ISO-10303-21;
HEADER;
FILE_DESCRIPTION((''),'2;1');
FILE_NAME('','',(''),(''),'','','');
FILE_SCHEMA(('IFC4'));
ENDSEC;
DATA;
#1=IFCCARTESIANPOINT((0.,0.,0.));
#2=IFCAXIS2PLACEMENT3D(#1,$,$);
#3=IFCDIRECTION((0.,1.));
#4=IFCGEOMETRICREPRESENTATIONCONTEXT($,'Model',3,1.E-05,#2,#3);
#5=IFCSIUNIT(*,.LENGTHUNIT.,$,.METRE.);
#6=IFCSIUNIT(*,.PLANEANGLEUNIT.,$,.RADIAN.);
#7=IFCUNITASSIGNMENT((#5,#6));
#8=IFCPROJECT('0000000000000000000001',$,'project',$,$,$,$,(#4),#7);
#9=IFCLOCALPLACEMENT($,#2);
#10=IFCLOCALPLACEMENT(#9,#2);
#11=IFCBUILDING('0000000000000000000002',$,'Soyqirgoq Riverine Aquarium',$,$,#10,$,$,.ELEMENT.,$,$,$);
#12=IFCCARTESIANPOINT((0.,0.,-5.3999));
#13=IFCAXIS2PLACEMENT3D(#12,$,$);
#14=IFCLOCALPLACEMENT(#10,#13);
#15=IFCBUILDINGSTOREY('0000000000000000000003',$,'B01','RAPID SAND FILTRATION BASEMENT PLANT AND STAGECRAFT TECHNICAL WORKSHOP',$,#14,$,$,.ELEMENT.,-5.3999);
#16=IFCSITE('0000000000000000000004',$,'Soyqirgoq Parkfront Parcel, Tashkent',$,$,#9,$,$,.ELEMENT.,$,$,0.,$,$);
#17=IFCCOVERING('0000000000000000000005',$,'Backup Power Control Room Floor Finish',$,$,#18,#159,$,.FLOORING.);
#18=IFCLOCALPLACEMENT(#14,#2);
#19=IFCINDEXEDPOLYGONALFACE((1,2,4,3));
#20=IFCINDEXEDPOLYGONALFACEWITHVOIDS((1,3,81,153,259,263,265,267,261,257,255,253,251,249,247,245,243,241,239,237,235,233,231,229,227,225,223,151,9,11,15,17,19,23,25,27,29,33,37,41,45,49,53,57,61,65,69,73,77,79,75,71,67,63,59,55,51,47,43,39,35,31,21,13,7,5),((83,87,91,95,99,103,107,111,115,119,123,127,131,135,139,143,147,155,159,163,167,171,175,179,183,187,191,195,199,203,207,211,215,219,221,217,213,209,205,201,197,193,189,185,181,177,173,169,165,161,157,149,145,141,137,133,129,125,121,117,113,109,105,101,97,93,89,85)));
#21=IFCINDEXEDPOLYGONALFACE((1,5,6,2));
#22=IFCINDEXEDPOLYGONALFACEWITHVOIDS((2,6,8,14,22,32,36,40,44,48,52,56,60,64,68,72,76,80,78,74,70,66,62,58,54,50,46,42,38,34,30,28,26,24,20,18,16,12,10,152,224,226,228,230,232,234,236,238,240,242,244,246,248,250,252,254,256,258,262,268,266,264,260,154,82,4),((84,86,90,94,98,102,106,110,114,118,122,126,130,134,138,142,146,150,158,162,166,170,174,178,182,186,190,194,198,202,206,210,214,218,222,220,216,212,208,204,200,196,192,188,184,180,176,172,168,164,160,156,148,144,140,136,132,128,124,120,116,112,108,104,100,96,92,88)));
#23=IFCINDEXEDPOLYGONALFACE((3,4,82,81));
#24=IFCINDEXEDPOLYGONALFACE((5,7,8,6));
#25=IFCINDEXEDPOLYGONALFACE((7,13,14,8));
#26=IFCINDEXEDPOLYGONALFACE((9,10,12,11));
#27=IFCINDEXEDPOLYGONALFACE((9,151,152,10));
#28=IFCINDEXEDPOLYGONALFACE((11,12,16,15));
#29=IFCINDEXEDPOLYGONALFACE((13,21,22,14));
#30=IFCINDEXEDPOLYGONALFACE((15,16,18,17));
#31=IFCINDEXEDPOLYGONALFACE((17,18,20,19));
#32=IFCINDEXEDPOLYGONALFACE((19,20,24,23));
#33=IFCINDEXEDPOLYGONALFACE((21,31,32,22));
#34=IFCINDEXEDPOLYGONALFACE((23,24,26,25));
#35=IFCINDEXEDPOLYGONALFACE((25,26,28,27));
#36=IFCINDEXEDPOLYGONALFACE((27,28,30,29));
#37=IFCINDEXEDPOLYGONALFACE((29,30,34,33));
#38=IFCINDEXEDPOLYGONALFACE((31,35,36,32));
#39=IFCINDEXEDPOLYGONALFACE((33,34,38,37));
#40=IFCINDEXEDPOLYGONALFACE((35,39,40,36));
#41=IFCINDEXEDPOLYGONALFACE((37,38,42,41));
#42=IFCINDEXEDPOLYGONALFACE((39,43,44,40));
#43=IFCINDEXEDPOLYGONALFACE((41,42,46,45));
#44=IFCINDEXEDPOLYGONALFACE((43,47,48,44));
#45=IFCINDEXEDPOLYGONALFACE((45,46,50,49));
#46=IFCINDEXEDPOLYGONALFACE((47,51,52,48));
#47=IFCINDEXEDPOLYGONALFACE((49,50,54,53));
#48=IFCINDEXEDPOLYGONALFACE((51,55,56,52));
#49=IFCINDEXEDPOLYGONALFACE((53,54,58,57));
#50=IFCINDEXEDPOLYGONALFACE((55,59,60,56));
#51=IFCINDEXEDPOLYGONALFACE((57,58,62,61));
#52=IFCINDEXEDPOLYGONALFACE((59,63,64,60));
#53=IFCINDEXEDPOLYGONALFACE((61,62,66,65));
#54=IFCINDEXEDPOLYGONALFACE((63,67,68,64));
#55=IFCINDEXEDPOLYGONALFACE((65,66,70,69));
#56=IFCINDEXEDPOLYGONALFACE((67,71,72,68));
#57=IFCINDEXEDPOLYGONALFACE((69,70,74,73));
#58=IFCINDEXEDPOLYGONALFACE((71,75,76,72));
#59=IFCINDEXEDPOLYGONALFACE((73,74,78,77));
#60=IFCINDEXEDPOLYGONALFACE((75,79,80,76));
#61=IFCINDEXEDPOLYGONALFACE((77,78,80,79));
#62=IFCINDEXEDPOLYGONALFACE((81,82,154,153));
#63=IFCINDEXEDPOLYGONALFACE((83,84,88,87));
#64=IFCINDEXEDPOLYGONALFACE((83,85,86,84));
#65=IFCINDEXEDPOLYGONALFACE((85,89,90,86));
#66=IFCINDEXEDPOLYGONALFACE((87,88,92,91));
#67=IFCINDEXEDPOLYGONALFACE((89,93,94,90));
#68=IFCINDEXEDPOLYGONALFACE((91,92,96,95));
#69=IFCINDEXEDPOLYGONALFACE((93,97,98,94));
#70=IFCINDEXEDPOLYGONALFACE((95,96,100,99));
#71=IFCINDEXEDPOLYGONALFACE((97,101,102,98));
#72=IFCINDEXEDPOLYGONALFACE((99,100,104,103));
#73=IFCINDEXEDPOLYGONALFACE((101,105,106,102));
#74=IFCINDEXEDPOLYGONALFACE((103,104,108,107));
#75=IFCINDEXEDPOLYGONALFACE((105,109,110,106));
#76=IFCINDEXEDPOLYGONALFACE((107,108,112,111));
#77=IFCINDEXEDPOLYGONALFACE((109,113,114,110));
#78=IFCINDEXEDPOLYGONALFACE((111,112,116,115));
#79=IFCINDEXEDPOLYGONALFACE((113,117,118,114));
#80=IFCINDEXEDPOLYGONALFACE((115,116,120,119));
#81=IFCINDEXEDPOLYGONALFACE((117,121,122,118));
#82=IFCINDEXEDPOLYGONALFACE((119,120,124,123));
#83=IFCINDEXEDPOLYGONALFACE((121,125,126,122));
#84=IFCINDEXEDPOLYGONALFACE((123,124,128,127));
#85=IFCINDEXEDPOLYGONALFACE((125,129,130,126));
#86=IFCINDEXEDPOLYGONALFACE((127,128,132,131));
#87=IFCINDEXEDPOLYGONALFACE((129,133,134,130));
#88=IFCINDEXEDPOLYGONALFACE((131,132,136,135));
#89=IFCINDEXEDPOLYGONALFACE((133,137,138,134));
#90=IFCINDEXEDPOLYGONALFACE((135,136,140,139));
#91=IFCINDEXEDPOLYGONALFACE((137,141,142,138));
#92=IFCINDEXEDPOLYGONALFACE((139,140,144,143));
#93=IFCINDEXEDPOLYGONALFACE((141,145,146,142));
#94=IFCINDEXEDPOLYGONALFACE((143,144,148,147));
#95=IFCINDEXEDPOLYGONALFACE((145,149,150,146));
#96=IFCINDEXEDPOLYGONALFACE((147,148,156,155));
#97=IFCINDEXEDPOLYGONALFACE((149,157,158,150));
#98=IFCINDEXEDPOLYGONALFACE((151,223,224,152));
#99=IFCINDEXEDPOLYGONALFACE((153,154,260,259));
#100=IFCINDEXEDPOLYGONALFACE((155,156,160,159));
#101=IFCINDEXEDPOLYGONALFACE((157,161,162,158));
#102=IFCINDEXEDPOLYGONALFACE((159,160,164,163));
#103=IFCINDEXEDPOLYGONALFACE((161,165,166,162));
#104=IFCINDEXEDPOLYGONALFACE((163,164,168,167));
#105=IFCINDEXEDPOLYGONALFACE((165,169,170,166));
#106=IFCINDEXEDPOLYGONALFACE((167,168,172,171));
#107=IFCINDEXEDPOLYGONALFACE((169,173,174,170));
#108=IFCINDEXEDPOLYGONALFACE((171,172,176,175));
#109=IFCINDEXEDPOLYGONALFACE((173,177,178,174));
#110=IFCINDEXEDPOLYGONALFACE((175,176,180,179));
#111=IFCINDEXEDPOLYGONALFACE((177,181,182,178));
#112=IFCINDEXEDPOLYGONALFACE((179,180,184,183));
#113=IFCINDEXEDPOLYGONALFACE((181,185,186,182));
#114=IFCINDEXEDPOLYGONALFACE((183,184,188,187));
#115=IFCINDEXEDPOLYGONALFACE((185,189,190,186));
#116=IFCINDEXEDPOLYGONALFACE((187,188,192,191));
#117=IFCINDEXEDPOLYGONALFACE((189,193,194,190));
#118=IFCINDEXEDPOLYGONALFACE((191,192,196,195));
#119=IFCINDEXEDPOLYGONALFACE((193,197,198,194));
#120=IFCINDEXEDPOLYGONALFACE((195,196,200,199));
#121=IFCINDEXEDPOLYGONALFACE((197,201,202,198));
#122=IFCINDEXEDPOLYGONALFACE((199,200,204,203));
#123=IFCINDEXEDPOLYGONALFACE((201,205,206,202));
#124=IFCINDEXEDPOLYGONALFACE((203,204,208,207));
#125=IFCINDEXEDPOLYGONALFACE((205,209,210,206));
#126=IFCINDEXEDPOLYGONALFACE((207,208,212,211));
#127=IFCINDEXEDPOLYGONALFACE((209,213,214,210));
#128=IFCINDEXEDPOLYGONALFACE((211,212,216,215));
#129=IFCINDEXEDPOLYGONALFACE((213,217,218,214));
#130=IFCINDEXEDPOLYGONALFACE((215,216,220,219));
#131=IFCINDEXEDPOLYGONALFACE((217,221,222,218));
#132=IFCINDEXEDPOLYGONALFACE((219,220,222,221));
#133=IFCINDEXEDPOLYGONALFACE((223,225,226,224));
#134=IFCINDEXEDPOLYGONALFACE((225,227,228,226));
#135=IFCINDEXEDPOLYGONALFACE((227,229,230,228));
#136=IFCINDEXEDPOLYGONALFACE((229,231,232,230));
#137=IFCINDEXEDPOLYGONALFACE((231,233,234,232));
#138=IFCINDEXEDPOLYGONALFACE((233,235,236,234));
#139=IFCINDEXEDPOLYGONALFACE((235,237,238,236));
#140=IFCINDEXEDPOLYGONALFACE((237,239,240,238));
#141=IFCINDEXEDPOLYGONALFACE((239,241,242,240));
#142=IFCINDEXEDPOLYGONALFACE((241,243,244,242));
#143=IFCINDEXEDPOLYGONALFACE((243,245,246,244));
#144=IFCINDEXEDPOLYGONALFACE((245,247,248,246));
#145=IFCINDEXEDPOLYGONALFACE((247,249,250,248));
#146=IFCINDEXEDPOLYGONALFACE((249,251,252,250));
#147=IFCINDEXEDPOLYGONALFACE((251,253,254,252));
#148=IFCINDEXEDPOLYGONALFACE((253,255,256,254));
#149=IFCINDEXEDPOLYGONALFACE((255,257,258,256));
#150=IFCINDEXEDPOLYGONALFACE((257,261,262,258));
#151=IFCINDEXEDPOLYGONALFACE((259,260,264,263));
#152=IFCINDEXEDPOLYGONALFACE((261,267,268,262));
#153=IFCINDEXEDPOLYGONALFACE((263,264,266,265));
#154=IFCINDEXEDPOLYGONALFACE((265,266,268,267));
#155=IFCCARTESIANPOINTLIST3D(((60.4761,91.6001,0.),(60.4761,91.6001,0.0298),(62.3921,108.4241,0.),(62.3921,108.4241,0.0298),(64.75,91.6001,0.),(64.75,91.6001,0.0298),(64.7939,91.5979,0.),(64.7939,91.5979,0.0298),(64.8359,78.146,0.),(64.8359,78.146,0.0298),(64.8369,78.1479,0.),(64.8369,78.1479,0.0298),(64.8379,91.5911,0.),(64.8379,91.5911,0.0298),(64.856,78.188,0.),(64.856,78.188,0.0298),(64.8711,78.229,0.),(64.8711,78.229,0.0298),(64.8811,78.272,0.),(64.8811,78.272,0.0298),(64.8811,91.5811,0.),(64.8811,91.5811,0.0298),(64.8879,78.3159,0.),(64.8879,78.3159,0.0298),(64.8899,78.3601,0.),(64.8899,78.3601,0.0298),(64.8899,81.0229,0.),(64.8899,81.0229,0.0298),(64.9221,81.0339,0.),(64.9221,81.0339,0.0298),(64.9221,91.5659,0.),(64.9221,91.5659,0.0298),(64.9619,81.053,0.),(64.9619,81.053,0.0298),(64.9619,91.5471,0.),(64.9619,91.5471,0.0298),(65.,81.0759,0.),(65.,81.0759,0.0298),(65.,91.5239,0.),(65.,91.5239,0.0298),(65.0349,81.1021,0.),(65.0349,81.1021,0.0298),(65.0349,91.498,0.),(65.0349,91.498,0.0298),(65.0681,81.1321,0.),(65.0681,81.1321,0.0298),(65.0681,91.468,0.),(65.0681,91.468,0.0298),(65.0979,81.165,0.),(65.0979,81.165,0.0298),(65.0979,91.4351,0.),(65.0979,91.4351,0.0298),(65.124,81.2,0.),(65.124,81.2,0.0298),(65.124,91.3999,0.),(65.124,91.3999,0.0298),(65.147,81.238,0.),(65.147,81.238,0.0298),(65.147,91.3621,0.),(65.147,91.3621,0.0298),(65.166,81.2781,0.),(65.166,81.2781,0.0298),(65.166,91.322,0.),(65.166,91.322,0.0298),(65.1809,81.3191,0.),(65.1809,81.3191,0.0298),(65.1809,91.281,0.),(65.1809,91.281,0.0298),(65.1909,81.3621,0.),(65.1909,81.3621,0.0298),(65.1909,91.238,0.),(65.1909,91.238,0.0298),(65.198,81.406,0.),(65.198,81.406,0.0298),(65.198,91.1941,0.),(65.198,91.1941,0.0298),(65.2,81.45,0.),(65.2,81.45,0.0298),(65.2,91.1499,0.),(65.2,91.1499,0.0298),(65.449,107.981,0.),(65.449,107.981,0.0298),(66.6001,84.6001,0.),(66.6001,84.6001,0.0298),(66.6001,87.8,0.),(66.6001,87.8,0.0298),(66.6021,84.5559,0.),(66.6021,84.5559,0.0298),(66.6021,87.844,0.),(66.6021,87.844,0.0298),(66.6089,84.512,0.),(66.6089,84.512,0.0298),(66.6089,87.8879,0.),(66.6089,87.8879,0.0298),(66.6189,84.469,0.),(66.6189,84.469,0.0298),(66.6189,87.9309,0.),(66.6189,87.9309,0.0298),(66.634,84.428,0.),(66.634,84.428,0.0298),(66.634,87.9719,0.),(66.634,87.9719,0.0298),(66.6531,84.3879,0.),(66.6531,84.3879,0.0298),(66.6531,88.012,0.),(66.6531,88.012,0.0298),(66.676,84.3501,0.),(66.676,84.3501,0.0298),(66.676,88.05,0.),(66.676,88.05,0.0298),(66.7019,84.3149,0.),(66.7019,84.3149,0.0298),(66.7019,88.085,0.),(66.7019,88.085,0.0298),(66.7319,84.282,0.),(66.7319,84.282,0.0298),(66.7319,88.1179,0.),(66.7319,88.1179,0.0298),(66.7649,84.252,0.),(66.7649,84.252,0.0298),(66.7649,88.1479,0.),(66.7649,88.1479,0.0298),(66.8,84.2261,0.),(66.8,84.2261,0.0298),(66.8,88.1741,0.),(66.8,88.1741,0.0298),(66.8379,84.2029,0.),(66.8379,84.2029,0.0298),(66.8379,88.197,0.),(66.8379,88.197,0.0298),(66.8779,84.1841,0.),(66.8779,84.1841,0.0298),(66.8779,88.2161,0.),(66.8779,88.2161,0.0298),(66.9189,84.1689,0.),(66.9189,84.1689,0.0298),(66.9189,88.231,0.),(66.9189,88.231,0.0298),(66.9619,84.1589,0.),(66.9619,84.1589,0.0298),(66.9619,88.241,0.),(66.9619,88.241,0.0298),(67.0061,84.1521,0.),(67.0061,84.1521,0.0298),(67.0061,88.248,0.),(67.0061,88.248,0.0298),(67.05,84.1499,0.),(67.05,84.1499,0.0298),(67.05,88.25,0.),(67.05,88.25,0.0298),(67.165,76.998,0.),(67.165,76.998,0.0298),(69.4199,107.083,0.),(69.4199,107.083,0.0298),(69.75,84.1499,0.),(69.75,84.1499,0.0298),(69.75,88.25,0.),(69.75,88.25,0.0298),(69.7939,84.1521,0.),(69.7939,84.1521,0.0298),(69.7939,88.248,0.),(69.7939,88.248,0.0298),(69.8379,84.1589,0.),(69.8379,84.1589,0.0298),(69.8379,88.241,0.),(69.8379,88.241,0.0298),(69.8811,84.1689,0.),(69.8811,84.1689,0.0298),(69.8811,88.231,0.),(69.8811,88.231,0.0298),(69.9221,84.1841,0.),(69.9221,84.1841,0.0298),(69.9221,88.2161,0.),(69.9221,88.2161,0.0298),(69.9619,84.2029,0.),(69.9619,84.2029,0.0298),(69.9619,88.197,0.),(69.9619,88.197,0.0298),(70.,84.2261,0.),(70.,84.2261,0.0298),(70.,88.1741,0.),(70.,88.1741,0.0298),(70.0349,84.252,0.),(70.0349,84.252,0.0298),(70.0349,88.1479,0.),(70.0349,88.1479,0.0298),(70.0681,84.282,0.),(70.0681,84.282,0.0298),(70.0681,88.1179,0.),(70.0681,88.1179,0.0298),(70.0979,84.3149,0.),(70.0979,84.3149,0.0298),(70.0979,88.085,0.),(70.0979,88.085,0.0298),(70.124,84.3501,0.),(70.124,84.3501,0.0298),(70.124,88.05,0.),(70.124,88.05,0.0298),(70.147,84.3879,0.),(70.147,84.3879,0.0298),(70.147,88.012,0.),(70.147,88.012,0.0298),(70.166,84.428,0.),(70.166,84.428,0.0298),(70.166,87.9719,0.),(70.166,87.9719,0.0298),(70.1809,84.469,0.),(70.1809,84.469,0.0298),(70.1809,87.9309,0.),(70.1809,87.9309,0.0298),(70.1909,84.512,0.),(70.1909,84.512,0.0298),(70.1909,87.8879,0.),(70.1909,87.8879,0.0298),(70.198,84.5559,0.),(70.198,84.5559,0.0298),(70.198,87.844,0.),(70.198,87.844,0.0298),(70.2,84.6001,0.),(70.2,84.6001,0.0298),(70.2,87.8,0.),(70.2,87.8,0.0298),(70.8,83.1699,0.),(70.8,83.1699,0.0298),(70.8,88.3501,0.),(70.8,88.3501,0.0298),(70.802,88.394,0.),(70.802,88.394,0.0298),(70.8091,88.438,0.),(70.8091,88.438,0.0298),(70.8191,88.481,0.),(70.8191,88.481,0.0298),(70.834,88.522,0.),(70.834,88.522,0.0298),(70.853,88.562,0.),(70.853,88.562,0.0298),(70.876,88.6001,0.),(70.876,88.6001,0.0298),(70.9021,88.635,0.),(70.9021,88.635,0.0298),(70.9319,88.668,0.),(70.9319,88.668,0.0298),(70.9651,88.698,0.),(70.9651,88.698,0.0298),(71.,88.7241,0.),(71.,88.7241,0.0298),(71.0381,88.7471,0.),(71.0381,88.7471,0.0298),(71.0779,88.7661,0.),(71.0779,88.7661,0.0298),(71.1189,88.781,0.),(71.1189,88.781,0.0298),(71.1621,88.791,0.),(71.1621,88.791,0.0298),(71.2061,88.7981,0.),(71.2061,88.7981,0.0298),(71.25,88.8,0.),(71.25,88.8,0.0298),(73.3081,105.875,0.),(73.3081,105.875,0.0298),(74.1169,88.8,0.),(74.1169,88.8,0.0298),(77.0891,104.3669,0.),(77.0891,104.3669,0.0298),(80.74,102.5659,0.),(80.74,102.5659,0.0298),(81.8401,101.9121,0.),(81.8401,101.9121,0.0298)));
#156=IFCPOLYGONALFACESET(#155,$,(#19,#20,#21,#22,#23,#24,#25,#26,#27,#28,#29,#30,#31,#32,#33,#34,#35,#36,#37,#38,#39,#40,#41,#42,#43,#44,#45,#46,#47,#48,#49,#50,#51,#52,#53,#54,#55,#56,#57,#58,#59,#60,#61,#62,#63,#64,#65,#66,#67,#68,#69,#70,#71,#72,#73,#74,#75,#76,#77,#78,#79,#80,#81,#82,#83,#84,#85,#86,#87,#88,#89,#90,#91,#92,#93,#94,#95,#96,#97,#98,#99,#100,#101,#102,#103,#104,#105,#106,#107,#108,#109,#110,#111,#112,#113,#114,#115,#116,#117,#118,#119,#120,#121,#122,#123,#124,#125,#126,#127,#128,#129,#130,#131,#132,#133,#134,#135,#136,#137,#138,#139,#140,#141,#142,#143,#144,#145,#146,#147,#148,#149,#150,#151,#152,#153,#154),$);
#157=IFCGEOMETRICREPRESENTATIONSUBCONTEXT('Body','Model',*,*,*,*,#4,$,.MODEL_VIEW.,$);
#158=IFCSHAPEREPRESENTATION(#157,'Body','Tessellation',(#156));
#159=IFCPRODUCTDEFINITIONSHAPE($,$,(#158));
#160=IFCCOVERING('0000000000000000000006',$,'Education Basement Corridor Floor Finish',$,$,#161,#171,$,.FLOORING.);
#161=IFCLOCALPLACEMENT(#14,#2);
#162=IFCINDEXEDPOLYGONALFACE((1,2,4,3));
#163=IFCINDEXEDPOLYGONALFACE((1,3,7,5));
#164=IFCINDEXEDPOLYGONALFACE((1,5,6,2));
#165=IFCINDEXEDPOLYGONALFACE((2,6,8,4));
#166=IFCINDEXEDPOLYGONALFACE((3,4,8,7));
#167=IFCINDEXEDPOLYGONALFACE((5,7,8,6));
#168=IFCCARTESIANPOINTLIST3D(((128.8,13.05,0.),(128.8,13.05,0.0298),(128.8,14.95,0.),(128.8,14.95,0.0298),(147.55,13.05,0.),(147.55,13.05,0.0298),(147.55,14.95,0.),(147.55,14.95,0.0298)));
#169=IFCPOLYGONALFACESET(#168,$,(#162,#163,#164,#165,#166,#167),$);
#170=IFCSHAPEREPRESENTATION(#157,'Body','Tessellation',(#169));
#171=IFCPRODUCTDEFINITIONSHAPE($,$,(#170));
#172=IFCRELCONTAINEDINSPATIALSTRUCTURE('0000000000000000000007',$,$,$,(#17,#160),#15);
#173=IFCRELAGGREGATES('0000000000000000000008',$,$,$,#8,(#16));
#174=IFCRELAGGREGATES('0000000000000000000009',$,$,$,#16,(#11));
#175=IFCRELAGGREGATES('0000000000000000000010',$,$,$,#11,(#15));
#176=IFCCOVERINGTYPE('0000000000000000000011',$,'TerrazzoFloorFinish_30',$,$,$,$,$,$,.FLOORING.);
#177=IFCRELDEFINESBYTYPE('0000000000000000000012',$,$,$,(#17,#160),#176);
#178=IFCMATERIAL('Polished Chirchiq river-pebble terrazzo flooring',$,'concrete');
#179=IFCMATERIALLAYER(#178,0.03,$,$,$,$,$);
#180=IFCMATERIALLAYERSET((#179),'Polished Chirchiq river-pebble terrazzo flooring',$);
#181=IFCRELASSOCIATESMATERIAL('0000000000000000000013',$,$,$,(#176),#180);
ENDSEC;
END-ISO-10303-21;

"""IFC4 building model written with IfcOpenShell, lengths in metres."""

from ifc_helpers import new_model, si_unit, direction, frame, origin, place, context, subcontext, project, spatial, polyline, outline, extrude, material, layer, layer_set, type_object, element, save


model = new_model("IFC4")

# Units and contexts
model_context = context("Model", 3, precision=1e-05, world=origin(), true_north=direction((0.0, 1.0)))
body_context = subcontext(model_context, "Body", "Model", "MODEL_VIEW")
ifc_project = project(units=[si_unit("LENGTHUNIT", "METRE"), si_unit("PLANEANGLEUNIT", "RADIAN")], contexts=[model_context])

# Site, building, storey
site_placement = place(None, origin())
site = spatial("IfcSite", under=ifc_project, at=site_placement, Name="Soyqirgoq Parkfront Parcel, Tashkent", CompositionType="ELEMENT", RefElevation=0.0)
building_placement = place(site_placement, origin())
building = spatial("IfcBuilding", under=site, at=building_placement, Name="Soyqirgoq Riverine Aquarium", CompositionType="ELEMENT")
storey_placement = place(building_placement, frame((0.0, 0.0, -5.3999)))
storey = spatial("IfcBuildingStorey", under=building, at=storey_placement, Name="B01", Description="RAPID SAND FILTRATION BASEMENT PLANT AND STAGECRAFT TECHNICAL WORKSHOP", CompositionType="ELEMENT", Elevation=-5.3999)

# Coverings
ifc_material_1 = material(Name="Polished Chirchiq river-pebble terrazzo flooring", Category="concrete")
ifc_layer_1 = layer(ifc_material_1, 0.03)
ifc_layer_set_1 = layer_set([ifc_layer_1], Name="Polished Chirchiq river-pebble terrazzo flooring")
covering_type_1 = type_object("IfcCoveringType", Name="TerrazzoFloorFinish_30", PredefinedType="FLOORING", material=ifc_layer_set_1)
covering_1_placement = place(storey_placement, origin())
element("IfcCovering", 1, at=covering_1_placement, inside=storey, type_object=covering_type_1, Name="Backup Power Control Room Floor Finish", PredefinedType="FLOORING", context=body_context, shape_type="SweptSolid", body=[
    extrude(outline(polyline([(62.3921, 108.4241), (65.449, 107.981), (69.4199, 107.083), (73.3081, 105.875), (77.0891, 104.3669), (80.74, 102.5659), (81.8401, 101.9121), (74.1169, 88.8), (71.25, 88.8), (71.2061, 88.7981), (71.1621, 88.791), (71.1189, 88.781), (71.0779, 88.7661), (71.0381, 88.7471), (71.0, 88.7241), (70.9651, 88.698), (70.9319, 88.668), (70.9021, 88.635), (70.876, 88.6001), (70.853, 88.562), (70.834, 88.522), (70.8191, 88.481), (70.8091, 88.438), (70.802, 88.394), (70.8, 88.3501), (70.8, 83.1699), (67.165, 76.998), (64.8359, 78.146), (64.8369, 78.1479), (64.856, 78.188), (64.8711, 78.229), (64.8811, 78.272), (64.8879, 78.3159), (64.8899, 78.3601), (64.8899, 81.0229), (64.9221, 81.0339), (64.9619, 81.053), (65.0, 81.0759), (65.0349, 81.1021), (65.0681, 81.1321), (65.0979, 81.165), (65.124, 81.2), (65.147, 81.238), (65.166, 81.2781), (65.1809, 81.3191), (65.1909, 81.3621), (65.198, 81.406), (65.2, 81.45), (65.2, 91.1499), (65.198, 91.1941), (65.1909, 91.238), (65.1809, 91.281), (65.166, 91.322), (65.147, 91.3621), (65.124, 91.3999), (65.0979, 91.4351), (65.0681, 91.468), (65.0349, 91.498), (65.0, 91.5239), (64.9619, 91.5471), (64.9221, 91.5659), (64.8811, 91.5811), (64.8379, 91.5911), (64.7939, 91.5979), (64.75, 91.6001), (60.4761, 91.6001), (62.3921, 108.4241)]), holes=[polyline([(66.6001, 87.8), (66.6021, 87.844), (66.6089, 87.8879), (66.6189, 87.9309), (66.634, 87.9719), (66.6531, 88.012), (66.676, 88.05), (66.7019, 88.085), (66.7319, 88.1179), (66.7649, 88.1479), (66.8, 88.1741), (66.8379, 88.197), (66.8779, 88.2161), (66.9189, 88.231), (66.9619, 88.241), (67.0061, 88.248), (67.05, 88.25), (69.75, 88.25), (69.7939, 88.248), (69.8379, 88.241), (69.8811, 88.231), (69.9221, 88.2161), (69.9619, 88.197), (70.0, 88.1741), (70.0349, 88.1479), (70.0681, 88.1179), (70.0979, 88.085), (70.124, 88.05), (70.147, 88.012), (70.166, 87.9719), (70.1809, 87.9309), (70.1909, 87.8879), (70.198, 87.844), (70.2, 87.8), (70.2, 84.6001), (70.198, 84.5559), (70.1909, 84.512), (70.1809, 84.469), (70.166, 84.428), (70.147, 84.3879), (70.124, 84.3501), (70.0979, 84.3149), (70.0681, 84.282), (70.0349, 84.252), (70.0, 84.2261), (69.9619, 84.2029), (69.9221, 84.1841), (69.8811, 84.1689), (69.8379, 84.1589), (69.7939, 84.1521), (69.75, 84.1499), (67.05, 84.1499), (67.0061, 84.1521), (66.9619, 84.1589), (66.9189, 84.1689), (66.8779, 84.1841), (66.8379, 84.2029), (66.8, 84.2261), (66.7649, 84.252), (66.7319, 84.282), (66.7019, 84.3149), (66.676, 84.3501), (66.6531, 84.3879), (66.634, 84.428), (66.6189, 84.469), (66.6089, 84.512), (66.6021, 84.5559), (66.6001, 84.6001), (66.6001, 87.8)])]), origin(), (0.0, 0.0, 1.0), 0.0298),
])
covering_2_placement = place(storey_placement, origin())
element("IfcCovering", 2, at=covering_2_placement, inside=storey, type_object=covering_type_1, Name="Education Basement Corridor Floor Finish", PredefinedType="FLOORING", context=body_context, shape_type="SweptSolid", body=[
    extrude(outline(polyline([(147.55, 14.95), (147.55, 13.05), (128.8, 13.05), (128.8, 14.95), (147.55, 14.95)])), origin(), (0.0, 0.0, 1.0), 0.0298),
])

save(model, "model.ifc")
